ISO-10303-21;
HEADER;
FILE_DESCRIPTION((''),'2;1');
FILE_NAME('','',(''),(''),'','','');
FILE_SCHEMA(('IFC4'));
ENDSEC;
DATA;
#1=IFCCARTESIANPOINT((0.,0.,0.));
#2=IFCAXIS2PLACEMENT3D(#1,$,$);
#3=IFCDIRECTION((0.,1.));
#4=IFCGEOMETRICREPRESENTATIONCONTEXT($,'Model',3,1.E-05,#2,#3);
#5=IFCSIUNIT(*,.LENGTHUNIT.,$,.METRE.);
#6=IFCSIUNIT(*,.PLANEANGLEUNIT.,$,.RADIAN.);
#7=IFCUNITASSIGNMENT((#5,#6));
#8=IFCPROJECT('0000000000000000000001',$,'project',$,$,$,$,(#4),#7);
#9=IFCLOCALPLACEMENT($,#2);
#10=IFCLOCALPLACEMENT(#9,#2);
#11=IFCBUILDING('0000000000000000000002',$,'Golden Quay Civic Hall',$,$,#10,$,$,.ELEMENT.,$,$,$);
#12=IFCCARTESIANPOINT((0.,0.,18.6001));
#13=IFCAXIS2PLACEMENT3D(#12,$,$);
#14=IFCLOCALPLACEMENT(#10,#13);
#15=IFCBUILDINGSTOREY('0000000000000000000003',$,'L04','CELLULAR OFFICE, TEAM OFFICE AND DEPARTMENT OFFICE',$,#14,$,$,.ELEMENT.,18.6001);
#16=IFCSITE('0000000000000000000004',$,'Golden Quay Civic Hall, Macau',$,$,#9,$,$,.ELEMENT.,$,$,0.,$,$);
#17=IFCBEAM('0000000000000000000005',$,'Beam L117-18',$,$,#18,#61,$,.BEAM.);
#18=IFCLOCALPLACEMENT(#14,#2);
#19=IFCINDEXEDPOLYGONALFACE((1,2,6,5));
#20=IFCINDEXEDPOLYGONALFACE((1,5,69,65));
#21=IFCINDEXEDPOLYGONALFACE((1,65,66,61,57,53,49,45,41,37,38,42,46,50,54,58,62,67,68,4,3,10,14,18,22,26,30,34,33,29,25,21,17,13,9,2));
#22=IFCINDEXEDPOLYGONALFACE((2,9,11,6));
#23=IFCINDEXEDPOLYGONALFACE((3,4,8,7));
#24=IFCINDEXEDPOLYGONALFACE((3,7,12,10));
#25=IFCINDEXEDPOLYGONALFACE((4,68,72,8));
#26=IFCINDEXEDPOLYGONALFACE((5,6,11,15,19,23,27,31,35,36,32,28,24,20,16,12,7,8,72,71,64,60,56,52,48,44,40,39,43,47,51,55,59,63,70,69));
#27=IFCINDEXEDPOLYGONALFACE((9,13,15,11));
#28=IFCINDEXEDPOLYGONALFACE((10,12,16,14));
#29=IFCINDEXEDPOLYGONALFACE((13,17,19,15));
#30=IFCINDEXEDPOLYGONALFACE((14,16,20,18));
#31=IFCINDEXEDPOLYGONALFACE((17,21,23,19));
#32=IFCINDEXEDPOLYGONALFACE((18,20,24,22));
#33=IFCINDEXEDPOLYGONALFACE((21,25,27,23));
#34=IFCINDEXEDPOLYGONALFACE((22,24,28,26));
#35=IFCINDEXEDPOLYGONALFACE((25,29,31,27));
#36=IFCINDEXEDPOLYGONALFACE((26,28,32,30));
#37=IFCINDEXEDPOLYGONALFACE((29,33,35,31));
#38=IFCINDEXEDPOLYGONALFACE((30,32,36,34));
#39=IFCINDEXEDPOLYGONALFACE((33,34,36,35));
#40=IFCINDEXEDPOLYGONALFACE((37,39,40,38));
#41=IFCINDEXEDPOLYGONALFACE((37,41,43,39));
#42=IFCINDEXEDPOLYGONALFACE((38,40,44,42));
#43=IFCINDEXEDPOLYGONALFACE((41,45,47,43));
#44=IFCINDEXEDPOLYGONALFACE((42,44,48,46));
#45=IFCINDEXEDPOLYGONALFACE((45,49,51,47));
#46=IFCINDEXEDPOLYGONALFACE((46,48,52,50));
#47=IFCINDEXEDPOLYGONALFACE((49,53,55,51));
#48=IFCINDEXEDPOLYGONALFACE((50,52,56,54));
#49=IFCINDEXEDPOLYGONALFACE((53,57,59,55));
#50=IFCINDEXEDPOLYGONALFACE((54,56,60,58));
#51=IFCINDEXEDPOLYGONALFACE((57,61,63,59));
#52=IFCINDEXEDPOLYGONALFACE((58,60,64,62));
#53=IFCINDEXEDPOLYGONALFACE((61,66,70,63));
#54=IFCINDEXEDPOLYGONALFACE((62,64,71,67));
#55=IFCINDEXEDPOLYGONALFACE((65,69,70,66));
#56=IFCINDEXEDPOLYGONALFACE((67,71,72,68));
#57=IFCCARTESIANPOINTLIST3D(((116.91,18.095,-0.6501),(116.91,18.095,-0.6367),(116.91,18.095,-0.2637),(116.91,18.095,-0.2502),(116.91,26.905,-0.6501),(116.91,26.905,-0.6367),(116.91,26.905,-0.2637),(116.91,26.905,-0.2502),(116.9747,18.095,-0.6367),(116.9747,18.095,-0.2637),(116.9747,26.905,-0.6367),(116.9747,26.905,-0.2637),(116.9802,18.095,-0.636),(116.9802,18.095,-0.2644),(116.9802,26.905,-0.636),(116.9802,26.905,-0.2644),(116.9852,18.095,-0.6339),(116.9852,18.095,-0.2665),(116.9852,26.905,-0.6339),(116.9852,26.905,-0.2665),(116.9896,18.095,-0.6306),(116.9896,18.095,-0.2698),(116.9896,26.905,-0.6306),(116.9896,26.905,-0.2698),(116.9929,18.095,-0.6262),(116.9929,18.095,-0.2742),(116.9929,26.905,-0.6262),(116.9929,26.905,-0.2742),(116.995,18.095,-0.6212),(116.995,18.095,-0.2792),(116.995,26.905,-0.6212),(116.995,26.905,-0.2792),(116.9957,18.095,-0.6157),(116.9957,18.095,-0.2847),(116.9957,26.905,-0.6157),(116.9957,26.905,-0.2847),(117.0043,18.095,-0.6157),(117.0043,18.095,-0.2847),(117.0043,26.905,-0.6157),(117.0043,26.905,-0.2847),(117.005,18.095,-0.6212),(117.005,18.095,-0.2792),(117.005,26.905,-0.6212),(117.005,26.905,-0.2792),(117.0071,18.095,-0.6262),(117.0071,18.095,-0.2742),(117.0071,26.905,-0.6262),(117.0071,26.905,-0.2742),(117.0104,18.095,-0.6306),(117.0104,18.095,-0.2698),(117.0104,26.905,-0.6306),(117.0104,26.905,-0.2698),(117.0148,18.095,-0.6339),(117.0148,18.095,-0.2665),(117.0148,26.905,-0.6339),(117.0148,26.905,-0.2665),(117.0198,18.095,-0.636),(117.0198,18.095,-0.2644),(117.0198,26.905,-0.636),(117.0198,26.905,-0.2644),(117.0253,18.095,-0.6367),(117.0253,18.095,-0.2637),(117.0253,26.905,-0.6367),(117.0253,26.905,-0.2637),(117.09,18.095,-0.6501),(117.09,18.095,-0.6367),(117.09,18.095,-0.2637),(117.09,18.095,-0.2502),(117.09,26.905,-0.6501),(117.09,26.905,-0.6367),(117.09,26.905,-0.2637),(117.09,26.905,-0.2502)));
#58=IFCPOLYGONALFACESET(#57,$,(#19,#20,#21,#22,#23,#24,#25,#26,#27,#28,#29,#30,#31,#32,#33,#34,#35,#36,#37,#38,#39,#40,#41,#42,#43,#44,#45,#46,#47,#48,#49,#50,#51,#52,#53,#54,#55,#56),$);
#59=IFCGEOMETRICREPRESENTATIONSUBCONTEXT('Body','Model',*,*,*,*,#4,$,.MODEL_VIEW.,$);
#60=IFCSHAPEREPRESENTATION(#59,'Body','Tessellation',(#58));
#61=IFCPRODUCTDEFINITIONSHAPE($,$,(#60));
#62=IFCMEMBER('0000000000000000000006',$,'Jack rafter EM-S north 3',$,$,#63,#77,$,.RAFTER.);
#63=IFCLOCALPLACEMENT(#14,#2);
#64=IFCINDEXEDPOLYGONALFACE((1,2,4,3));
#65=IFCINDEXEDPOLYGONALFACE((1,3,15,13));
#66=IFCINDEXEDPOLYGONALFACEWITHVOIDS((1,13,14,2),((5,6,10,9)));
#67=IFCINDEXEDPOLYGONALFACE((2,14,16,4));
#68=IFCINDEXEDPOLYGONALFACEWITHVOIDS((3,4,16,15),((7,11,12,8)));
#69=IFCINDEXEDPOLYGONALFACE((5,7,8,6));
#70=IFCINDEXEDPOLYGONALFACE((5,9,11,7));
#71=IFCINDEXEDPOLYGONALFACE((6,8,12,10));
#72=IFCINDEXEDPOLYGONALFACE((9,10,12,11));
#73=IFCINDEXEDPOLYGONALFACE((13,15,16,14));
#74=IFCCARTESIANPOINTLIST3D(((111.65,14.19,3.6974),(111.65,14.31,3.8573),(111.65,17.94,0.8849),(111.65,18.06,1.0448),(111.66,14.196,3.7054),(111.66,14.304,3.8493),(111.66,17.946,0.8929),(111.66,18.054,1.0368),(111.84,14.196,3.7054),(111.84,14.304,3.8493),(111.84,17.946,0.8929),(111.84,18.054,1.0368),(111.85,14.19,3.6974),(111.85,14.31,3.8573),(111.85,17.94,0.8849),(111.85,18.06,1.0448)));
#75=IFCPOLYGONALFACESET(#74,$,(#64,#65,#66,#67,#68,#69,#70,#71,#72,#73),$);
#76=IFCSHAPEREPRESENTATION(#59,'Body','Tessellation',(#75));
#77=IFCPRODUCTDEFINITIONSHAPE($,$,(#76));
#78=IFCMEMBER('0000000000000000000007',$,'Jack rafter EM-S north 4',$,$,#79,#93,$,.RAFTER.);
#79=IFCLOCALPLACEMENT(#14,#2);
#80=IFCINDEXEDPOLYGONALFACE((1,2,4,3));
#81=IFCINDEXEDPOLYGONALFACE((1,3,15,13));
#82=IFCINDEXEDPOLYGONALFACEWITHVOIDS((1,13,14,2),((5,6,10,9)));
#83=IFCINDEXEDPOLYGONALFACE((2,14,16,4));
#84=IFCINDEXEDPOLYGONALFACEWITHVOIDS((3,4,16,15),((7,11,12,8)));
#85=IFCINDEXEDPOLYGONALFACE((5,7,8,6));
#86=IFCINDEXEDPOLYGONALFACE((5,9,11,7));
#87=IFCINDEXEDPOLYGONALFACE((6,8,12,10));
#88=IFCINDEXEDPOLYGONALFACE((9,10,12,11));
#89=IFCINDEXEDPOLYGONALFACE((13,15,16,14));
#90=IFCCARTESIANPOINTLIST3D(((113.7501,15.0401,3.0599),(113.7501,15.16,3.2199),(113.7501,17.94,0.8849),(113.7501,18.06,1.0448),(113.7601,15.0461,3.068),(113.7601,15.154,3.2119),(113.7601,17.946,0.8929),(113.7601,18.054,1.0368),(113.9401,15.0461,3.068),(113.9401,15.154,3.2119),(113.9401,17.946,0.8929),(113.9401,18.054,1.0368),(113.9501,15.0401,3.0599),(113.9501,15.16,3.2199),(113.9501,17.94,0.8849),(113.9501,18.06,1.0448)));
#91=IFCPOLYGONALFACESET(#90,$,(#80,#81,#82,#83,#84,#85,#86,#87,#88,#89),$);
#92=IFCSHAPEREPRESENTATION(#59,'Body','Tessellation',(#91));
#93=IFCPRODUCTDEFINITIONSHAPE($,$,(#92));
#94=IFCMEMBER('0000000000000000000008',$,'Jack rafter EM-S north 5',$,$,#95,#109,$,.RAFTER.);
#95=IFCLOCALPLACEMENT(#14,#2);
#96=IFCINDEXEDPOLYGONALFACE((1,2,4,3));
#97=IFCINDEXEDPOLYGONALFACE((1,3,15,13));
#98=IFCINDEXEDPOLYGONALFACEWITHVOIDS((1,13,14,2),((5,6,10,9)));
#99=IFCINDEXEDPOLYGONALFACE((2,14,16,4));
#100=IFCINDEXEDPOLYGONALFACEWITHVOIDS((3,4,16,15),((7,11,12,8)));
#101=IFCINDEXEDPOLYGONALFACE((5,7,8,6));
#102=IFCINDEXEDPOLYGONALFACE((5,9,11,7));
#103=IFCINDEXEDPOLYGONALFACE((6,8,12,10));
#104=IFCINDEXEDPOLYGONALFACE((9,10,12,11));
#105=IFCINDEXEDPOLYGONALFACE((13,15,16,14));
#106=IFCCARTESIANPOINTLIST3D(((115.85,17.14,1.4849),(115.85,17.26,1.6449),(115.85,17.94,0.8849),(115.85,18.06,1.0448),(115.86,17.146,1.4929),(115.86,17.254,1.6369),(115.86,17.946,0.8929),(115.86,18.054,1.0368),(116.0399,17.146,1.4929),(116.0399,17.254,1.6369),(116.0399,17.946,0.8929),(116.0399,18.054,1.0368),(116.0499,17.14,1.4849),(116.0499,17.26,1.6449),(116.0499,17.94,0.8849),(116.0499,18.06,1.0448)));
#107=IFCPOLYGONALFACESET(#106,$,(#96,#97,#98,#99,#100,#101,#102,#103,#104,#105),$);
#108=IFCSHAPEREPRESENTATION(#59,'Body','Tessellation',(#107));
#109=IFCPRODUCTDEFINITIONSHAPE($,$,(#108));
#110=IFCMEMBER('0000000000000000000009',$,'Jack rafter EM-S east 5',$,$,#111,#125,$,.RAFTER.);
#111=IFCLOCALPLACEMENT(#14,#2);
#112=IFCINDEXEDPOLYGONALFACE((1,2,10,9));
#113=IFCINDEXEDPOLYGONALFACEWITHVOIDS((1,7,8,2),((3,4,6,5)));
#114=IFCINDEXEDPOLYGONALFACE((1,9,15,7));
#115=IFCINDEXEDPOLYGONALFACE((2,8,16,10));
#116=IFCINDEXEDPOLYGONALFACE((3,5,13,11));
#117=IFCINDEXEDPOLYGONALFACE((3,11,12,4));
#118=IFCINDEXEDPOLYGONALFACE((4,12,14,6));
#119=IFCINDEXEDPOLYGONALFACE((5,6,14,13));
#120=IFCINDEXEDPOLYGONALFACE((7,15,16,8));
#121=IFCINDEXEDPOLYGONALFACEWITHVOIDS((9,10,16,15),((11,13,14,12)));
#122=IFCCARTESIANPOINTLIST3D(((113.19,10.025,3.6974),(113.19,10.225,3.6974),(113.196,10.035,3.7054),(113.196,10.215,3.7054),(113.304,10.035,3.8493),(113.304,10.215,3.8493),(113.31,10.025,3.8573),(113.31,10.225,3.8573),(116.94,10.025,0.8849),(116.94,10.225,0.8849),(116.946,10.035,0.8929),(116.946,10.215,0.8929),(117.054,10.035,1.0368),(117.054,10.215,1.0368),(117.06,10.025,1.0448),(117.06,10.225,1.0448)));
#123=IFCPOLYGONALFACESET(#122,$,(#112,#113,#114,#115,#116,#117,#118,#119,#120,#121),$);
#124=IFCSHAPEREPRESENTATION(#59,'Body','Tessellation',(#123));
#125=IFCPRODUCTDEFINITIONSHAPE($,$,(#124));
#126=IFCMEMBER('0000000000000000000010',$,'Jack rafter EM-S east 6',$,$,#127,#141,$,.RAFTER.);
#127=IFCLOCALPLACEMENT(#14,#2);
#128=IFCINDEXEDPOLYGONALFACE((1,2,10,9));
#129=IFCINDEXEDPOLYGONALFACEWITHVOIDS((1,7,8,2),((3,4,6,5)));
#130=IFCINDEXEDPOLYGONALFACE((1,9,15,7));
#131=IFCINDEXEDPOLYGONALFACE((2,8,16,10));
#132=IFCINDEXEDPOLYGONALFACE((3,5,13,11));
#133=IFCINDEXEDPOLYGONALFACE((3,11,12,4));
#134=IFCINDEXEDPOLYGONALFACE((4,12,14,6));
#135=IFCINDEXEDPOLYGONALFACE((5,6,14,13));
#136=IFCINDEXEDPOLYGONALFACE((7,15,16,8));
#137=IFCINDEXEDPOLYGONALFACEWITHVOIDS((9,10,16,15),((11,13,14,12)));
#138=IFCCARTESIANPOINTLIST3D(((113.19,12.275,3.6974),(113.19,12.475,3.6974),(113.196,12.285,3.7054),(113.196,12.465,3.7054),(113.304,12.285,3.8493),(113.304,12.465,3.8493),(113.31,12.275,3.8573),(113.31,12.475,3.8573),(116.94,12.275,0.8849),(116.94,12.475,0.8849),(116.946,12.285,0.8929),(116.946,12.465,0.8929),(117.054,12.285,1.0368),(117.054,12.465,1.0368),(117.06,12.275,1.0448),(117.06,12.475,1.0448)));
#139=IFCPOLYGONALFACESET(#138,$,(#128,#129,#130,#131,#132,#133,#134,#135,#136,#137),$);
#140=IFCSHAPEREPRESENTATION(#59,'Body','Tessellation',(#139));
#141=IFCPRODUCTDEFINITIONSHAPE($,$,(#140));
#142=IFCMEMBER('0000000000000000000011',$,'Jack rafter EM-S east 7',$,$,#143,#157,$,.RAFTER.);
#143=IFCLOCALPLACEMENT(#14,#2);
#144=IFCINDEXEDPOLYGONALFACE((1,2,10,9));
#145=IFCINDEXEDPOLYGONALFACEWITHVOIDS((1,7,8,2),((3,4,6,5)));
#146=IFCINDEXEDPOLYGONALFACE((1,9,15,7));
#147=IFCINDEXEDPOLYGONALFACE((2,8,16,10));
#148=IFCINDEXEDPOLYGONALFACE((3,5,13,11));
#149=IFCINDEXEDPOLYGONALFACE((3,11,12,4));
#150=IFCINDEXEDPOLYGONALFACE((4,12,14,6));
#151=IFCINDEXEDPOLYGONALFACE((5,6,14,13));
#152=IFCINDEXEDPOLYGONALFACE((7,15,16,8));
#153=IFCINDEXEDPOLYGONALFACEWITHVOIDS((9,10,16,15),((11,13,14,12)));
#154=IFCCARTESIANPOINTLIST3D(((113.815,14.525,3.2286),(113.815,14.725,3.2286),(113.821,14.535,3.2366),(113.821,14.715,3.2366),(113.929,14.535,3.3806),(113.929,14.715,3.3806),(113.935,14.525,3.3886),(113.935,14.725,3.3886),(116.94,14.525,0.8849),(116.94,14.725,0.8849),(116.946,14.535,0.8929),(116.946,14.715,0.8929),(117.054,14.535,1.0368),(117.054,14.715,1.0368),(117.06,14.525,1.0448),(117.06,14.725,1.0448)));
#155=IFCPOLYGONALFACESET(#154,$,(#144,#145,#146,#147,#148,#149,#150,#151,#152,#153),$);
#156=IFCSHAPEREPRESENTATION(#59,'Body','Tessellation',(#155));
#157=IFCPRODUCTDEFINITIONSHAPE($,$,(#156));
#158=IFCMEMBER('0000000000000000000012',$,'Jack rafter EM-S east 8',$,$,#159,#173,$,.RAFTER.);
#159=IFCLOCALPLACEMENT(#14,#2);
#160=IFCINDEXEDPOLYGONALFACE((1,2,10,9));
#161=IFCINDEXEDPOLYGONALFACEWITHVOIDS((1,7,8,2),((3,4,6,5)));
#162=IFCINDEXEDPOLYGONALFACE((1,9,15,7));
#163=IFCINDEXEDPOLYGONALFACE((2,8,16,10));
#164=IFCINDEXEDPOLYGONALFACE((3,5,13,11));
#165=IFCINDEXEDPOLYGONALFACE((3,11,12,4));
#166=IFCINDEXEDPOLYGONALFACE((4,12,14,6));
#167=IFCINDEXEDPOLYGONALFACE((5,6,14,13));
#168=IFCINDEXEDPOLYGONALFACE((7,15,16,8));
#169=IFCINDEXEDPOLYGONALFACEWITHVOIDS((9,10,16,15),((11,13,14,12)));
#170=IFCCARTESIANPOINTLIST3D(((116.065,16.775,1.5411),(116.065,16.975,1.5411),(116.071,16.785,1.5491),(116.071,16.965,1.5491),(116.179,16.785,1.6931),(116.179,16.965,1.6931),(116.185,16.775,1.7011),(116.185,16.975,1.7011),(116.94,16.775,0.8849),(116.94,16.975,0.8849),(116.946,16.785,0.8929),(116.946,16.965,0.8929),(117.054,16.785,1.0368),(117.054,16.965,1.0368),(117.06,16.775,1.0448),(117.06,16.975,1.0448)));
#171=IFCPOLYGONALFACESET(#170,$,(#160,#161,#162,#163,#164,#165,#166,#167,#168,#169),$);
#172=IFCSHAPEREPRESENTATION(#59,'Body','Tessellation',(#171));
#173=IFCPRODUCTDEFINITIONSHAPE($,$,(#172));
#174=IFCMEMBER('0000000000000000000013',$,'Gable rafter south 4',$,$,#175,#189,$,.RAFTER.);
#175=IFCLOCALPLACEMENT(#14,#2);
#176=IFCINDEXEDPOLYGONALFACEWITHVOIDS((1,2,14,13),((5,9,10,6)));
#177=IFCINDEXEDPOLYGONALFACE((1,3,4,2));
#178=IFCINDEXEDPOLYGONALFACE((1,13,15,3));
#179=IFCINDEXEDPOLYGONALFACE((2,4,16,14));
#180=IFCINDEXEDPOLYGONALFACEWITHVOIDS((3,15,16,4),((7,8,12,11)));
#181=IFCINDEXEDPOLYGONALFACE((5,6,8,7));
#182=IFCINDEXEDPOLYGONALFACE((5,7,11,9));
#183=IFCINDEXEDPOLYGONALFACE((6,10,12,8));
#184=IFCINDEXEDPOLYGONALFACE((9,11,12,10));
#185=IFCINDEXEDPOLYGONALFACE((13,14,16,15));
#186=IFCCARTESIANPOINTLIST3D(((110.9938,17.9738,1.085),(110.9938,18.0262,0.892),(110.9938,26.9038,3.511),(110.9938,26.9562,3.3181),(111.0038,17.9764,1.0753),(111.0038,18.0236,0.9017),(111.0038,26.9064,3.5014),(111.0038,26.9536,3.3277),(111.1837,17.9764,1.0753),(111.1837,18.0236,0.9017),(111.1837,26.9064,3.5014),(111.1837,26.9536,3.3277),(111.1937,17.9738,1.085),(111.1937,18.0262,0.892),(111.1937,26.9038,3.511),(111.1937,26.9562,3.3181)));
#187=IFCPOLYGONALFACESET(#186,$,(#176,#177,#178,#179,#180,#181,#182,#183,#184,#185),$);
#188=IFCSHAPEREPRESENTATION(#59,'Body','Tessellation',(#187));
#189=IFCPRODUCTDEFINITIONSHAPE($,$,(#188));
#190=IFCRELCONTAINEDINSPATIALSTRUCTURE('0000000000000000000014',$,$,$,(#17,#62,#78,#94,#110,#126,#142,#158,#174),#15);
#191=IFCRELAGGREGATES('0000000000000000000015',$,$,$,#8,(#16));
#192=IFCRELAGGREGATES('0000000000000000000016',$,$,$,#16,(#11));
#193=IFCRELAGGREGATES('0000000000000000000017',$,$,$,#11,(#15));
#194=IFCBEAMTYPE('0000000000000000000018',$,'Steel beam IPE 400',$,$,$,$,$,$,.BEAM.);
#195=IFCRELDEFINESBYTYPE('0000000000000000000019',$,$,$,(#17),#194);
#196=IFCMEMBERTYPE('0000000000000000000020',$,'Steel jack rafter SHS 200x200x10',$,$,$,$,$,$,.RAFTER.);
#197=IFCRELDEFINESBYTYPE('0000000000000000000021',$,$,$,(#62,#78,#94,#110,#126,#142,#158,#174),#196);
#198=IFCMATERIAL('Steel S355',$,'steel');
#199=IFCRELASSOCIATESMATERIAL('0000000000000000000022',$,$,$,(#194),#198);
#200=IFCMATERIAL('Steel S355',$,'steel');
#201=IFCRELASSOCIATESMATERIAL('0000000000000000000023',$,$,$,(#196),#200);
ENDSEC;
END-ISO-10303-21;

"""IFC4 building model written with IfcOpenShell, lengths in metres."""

from ifc_helpers import new_model, si_unit, direction, frame, origin, origin_2d, place, context, subcontext, project, spatial, hollow_rectangle, i_section, extrude, material, material_profile, profile_set, type_object, element, save


model = new_model("IFC4")

# Units and contexts
model_context = context("Model", 3, precision=1e-05, world=origin(), true_north=direction((0.0, 1.0)))
body_context = subcontext(model_context, "Body", "Model", "MODEL_VIEW")
ifc_project = project(units=[si_unit("LENGTHUNIT", "METRE"), si_unit("PLANEANGLEUNIT", "RADIAN")], contexts=[model_context])

# Site, building, storey
site_placement = place(None, origin())
site = spatial("IfcSite", under=ifc_project, at=site_placement, Name="Golden Quay Civic Hall, Macau", CompositionType="ELEMENT", RefElevation=0.0)
building_placement = place(site_placement, origin())
building = spatial("IfcBuilding", under=site, at=building_placement, Name="Golden Quay Civic Hall", CompositionType="ELEMENT")
storey_placement = place(building_placement, frame((0.0, 0.0, 18.6001)))
storey = spatial("IfcBuildingStorey", under=building, at=storey_placement, Name="L04", Description="CELLULAR OFFICE, TEAM OFFICE AND DEPARTMENT OFFICE", CompositionType="ELEMENT", Elevation=18.6001)

# Beam
ifc_material_1 = material(Name="Steel S355", Category="steel")
ifc_material_profile_1 = material_profile(ifc_material_1, i_section(OverallWidth=0.1799, OverallDepth=0.3999, WebThickness=0.0085, FlangeThickness=0.0134, FilletRadius=0.021, at=origin_2d()), Name="IPE 400")
ifc_profile_set_1 = profile_set([ifc_material_profile_1], Name="Steel S355")
beam_type_1 = type_object("IfcBeamType", Name="Steel beam IPE 400", PredefinedType="BEAM", material=ifc_profile_set_1)
beam_1_placement = place(storey_placement, frame((117.0, 18.095, -0.4502), z_axis=(0.0, 1.0, 0.0), x_axis=(-1.0, 0.0, 0.0)))
element("IfcBeam", 1, at=beam_1_placement, inside=storey, type_object=beam_type_1, Name="Beam L117-18", PredefinedType="BEAM", context=body_context, shape_type="SweptSolid", body=[
    extrude(i_section(OverallWidth=0.1799, OverallDepth=0.3999, WebThickness=0.0085, FlangeThickness=0.0134, FilletRadius=0.021, at=origin_2d()), origin(), (0.0, 0.0, 1.0), 8.8101),
])

# Members
ifc_material_2 = material(Name="Steel S355", Category="steel")
ifc_material_profile_2 = material_profile(ifc_material_2, hollow_rectangle(XDim=0.2, YDim=0.2, WallThickness=0.01, at=origin_2d()), Name="SHS 200x200x10")
ifc_profile_set_2 = profile_set([ifc_material_profile_2], Name="Steel S355")
member_type_1 = type_object("IfcMemberType", Name="Steel jack rafter SHS 200x200x10", PredefinedType="RAFTER", material=ifc_profile_set_2)
member_1_placement = place(storey_placement, frame((111.75, 18.0, 0.9648), z_axis=(0.0, -0.8, 0.6), x_axis=(1.0, 0.0, 0.0)))
element("IfcMember", 2, at=member_1_placement, inside=storey, type_object=member_type_1, Name="Jack rafter EM-S north 3", PredefinedType="RAFTER", context=body_context, shape_type="SweptSolid", body=[
    extrude(hollow_rectangle(XDim=0.2, YDim=0.2, WallThickness=0.01, at=origin_2d()), origin(), (0.0, 0.0, 1.0), 4.6875),
])
member_2_placement = place(storey_placement, frame((113.8501, 18.0, 0.9648), z_axis=(0.0, -0.799984, 0.600022), x_axis=(1.0, 0.0, 0.0)))
element("IfcMember", 3, at=member_2_placement, inside=storey, type_object=member_type_1, Name="Jack rafter EM-S north 4", PredefinedType="RAFTER", context=body_context, shape_type="SweptSolid", body=[
    extrude(hollow_rectangle(XDim=0.2, YDim=0.2, WallThickness=0.01, at=origin_2d()), origin(), (0.0, 0.0, 1.0), 3.625),
])
member_3_placement = place(storey_placement, frame((115.95, 18.0, 0.9648), z_axis=(0.0, -0.799971, 0.600039), x_axis=(1.0, 0.0, 0.0)))
element("IfcMember", 4, at=member_3_placement, inside=storey, type_object=member_type_1, Name="Jack rafter EM-S north 5", PredefinedType="RAFTER", context=body_context, shape_type="SweptSolid", body=[
    extrude(hollow_rectangle(XDim=0.2, YDim=0.2, WallThickness=0.01, at=origin_2d()), origin(), (0.0, 0.0, 1.0), 1.0),
])
for number, where, z_axis, x_axis, name in (
    (5, (117.0, 10.125, 0.9648), (-0.8, 0.0, 0.6), (0.0, -1.0, 0.0), "Jack rafter EM-S east 5"),
    (6, (117.0, 12.375, 0.9648), (-0.8, 0.0, 0.6), (0.0, -1.0, 0.0), "Jack rafter EM-S east 6"),
):
    element("IfcMember", number, at=place(storey_placement, frame(where, z_axis=z_axis, x_axis=x_axis)), inside=storey, type_object=member_type_1, Name=name, PredefinedType="RAFTER", context=body_context, shape_type="SweptSolid", body=[
        extrude(hollow_rectangle(XDim=0.2, YDim=0.2, WallThickness=0.01, at=origin_2d()), origin(), (0.0, 0.0, 1.0), 4.6875),
    ])
member_4_placement = place(storey_placement, frame((117.0, 14.625, 0.9648), z_axis=(-0.8, 0.0, 0.6), x_axis=(0.0, -1.0, 0.0)))
element("IfcMember", 7, at=member_4_placement, inside=storey, type_object=member_type_1, Name="Jack rafter EM-S east 7", PredefinedType="RAFTER", context=body_context, shape_type="SweptSolid", body=[
    extrude(hollow_rectangle(XDim=0.2, YDim=0.2, WallThickness=0.01, at=origin_2d()), origin(), (0.0, 0.0, 1.0), 3.9062),
])
member_5_placement = place(storey_placement, frame((117.0, 16.875, 0.9648), z_axis=(-0.8, 0.0, 0.6), x_axis=(0.0, -1.0, 0.0)))
element("IfcMember", 8, at=member_5_placement, inside=storey, type_object=member_type_1, Name="Jack rafter EM-S east 8", PredefinedType="RAFTER", context=body_context, shape_type="SweptSolid", body=[
    extrude(hollow_rectangle(XDim=0.2, YDim=0.2, WallThickness=0.01, at=origin_2d()), origin(), (0.0, 0.0, 1.0), 1.0938),
])
for number, where, z_axis, x_axis, name in (
    (9, (111.0938, 18.0, 0.9885), (0.0, 0.965022, 0.262171), (-1.0, 0.0, 0.0), "Gable rafter south 4"),
):
    element("IfcMember", number, at=place(storey_placement, frame(where, z_axis=z_axis, x_axis=x_axis)), inside=storey, type_object=member_type_1, Name=name, PredefinedType="RAFTER", context=body_context, shape_type="SweptSolid", body=[
        extrude(hollow_rectangle(XDim=0.2, YDim=0.2, WallThickness=0.01, at=origin_2d()), origin(), (0.0, 0.0, 1.0), 9.2537),
    ])

save(model, "model.ifc")
